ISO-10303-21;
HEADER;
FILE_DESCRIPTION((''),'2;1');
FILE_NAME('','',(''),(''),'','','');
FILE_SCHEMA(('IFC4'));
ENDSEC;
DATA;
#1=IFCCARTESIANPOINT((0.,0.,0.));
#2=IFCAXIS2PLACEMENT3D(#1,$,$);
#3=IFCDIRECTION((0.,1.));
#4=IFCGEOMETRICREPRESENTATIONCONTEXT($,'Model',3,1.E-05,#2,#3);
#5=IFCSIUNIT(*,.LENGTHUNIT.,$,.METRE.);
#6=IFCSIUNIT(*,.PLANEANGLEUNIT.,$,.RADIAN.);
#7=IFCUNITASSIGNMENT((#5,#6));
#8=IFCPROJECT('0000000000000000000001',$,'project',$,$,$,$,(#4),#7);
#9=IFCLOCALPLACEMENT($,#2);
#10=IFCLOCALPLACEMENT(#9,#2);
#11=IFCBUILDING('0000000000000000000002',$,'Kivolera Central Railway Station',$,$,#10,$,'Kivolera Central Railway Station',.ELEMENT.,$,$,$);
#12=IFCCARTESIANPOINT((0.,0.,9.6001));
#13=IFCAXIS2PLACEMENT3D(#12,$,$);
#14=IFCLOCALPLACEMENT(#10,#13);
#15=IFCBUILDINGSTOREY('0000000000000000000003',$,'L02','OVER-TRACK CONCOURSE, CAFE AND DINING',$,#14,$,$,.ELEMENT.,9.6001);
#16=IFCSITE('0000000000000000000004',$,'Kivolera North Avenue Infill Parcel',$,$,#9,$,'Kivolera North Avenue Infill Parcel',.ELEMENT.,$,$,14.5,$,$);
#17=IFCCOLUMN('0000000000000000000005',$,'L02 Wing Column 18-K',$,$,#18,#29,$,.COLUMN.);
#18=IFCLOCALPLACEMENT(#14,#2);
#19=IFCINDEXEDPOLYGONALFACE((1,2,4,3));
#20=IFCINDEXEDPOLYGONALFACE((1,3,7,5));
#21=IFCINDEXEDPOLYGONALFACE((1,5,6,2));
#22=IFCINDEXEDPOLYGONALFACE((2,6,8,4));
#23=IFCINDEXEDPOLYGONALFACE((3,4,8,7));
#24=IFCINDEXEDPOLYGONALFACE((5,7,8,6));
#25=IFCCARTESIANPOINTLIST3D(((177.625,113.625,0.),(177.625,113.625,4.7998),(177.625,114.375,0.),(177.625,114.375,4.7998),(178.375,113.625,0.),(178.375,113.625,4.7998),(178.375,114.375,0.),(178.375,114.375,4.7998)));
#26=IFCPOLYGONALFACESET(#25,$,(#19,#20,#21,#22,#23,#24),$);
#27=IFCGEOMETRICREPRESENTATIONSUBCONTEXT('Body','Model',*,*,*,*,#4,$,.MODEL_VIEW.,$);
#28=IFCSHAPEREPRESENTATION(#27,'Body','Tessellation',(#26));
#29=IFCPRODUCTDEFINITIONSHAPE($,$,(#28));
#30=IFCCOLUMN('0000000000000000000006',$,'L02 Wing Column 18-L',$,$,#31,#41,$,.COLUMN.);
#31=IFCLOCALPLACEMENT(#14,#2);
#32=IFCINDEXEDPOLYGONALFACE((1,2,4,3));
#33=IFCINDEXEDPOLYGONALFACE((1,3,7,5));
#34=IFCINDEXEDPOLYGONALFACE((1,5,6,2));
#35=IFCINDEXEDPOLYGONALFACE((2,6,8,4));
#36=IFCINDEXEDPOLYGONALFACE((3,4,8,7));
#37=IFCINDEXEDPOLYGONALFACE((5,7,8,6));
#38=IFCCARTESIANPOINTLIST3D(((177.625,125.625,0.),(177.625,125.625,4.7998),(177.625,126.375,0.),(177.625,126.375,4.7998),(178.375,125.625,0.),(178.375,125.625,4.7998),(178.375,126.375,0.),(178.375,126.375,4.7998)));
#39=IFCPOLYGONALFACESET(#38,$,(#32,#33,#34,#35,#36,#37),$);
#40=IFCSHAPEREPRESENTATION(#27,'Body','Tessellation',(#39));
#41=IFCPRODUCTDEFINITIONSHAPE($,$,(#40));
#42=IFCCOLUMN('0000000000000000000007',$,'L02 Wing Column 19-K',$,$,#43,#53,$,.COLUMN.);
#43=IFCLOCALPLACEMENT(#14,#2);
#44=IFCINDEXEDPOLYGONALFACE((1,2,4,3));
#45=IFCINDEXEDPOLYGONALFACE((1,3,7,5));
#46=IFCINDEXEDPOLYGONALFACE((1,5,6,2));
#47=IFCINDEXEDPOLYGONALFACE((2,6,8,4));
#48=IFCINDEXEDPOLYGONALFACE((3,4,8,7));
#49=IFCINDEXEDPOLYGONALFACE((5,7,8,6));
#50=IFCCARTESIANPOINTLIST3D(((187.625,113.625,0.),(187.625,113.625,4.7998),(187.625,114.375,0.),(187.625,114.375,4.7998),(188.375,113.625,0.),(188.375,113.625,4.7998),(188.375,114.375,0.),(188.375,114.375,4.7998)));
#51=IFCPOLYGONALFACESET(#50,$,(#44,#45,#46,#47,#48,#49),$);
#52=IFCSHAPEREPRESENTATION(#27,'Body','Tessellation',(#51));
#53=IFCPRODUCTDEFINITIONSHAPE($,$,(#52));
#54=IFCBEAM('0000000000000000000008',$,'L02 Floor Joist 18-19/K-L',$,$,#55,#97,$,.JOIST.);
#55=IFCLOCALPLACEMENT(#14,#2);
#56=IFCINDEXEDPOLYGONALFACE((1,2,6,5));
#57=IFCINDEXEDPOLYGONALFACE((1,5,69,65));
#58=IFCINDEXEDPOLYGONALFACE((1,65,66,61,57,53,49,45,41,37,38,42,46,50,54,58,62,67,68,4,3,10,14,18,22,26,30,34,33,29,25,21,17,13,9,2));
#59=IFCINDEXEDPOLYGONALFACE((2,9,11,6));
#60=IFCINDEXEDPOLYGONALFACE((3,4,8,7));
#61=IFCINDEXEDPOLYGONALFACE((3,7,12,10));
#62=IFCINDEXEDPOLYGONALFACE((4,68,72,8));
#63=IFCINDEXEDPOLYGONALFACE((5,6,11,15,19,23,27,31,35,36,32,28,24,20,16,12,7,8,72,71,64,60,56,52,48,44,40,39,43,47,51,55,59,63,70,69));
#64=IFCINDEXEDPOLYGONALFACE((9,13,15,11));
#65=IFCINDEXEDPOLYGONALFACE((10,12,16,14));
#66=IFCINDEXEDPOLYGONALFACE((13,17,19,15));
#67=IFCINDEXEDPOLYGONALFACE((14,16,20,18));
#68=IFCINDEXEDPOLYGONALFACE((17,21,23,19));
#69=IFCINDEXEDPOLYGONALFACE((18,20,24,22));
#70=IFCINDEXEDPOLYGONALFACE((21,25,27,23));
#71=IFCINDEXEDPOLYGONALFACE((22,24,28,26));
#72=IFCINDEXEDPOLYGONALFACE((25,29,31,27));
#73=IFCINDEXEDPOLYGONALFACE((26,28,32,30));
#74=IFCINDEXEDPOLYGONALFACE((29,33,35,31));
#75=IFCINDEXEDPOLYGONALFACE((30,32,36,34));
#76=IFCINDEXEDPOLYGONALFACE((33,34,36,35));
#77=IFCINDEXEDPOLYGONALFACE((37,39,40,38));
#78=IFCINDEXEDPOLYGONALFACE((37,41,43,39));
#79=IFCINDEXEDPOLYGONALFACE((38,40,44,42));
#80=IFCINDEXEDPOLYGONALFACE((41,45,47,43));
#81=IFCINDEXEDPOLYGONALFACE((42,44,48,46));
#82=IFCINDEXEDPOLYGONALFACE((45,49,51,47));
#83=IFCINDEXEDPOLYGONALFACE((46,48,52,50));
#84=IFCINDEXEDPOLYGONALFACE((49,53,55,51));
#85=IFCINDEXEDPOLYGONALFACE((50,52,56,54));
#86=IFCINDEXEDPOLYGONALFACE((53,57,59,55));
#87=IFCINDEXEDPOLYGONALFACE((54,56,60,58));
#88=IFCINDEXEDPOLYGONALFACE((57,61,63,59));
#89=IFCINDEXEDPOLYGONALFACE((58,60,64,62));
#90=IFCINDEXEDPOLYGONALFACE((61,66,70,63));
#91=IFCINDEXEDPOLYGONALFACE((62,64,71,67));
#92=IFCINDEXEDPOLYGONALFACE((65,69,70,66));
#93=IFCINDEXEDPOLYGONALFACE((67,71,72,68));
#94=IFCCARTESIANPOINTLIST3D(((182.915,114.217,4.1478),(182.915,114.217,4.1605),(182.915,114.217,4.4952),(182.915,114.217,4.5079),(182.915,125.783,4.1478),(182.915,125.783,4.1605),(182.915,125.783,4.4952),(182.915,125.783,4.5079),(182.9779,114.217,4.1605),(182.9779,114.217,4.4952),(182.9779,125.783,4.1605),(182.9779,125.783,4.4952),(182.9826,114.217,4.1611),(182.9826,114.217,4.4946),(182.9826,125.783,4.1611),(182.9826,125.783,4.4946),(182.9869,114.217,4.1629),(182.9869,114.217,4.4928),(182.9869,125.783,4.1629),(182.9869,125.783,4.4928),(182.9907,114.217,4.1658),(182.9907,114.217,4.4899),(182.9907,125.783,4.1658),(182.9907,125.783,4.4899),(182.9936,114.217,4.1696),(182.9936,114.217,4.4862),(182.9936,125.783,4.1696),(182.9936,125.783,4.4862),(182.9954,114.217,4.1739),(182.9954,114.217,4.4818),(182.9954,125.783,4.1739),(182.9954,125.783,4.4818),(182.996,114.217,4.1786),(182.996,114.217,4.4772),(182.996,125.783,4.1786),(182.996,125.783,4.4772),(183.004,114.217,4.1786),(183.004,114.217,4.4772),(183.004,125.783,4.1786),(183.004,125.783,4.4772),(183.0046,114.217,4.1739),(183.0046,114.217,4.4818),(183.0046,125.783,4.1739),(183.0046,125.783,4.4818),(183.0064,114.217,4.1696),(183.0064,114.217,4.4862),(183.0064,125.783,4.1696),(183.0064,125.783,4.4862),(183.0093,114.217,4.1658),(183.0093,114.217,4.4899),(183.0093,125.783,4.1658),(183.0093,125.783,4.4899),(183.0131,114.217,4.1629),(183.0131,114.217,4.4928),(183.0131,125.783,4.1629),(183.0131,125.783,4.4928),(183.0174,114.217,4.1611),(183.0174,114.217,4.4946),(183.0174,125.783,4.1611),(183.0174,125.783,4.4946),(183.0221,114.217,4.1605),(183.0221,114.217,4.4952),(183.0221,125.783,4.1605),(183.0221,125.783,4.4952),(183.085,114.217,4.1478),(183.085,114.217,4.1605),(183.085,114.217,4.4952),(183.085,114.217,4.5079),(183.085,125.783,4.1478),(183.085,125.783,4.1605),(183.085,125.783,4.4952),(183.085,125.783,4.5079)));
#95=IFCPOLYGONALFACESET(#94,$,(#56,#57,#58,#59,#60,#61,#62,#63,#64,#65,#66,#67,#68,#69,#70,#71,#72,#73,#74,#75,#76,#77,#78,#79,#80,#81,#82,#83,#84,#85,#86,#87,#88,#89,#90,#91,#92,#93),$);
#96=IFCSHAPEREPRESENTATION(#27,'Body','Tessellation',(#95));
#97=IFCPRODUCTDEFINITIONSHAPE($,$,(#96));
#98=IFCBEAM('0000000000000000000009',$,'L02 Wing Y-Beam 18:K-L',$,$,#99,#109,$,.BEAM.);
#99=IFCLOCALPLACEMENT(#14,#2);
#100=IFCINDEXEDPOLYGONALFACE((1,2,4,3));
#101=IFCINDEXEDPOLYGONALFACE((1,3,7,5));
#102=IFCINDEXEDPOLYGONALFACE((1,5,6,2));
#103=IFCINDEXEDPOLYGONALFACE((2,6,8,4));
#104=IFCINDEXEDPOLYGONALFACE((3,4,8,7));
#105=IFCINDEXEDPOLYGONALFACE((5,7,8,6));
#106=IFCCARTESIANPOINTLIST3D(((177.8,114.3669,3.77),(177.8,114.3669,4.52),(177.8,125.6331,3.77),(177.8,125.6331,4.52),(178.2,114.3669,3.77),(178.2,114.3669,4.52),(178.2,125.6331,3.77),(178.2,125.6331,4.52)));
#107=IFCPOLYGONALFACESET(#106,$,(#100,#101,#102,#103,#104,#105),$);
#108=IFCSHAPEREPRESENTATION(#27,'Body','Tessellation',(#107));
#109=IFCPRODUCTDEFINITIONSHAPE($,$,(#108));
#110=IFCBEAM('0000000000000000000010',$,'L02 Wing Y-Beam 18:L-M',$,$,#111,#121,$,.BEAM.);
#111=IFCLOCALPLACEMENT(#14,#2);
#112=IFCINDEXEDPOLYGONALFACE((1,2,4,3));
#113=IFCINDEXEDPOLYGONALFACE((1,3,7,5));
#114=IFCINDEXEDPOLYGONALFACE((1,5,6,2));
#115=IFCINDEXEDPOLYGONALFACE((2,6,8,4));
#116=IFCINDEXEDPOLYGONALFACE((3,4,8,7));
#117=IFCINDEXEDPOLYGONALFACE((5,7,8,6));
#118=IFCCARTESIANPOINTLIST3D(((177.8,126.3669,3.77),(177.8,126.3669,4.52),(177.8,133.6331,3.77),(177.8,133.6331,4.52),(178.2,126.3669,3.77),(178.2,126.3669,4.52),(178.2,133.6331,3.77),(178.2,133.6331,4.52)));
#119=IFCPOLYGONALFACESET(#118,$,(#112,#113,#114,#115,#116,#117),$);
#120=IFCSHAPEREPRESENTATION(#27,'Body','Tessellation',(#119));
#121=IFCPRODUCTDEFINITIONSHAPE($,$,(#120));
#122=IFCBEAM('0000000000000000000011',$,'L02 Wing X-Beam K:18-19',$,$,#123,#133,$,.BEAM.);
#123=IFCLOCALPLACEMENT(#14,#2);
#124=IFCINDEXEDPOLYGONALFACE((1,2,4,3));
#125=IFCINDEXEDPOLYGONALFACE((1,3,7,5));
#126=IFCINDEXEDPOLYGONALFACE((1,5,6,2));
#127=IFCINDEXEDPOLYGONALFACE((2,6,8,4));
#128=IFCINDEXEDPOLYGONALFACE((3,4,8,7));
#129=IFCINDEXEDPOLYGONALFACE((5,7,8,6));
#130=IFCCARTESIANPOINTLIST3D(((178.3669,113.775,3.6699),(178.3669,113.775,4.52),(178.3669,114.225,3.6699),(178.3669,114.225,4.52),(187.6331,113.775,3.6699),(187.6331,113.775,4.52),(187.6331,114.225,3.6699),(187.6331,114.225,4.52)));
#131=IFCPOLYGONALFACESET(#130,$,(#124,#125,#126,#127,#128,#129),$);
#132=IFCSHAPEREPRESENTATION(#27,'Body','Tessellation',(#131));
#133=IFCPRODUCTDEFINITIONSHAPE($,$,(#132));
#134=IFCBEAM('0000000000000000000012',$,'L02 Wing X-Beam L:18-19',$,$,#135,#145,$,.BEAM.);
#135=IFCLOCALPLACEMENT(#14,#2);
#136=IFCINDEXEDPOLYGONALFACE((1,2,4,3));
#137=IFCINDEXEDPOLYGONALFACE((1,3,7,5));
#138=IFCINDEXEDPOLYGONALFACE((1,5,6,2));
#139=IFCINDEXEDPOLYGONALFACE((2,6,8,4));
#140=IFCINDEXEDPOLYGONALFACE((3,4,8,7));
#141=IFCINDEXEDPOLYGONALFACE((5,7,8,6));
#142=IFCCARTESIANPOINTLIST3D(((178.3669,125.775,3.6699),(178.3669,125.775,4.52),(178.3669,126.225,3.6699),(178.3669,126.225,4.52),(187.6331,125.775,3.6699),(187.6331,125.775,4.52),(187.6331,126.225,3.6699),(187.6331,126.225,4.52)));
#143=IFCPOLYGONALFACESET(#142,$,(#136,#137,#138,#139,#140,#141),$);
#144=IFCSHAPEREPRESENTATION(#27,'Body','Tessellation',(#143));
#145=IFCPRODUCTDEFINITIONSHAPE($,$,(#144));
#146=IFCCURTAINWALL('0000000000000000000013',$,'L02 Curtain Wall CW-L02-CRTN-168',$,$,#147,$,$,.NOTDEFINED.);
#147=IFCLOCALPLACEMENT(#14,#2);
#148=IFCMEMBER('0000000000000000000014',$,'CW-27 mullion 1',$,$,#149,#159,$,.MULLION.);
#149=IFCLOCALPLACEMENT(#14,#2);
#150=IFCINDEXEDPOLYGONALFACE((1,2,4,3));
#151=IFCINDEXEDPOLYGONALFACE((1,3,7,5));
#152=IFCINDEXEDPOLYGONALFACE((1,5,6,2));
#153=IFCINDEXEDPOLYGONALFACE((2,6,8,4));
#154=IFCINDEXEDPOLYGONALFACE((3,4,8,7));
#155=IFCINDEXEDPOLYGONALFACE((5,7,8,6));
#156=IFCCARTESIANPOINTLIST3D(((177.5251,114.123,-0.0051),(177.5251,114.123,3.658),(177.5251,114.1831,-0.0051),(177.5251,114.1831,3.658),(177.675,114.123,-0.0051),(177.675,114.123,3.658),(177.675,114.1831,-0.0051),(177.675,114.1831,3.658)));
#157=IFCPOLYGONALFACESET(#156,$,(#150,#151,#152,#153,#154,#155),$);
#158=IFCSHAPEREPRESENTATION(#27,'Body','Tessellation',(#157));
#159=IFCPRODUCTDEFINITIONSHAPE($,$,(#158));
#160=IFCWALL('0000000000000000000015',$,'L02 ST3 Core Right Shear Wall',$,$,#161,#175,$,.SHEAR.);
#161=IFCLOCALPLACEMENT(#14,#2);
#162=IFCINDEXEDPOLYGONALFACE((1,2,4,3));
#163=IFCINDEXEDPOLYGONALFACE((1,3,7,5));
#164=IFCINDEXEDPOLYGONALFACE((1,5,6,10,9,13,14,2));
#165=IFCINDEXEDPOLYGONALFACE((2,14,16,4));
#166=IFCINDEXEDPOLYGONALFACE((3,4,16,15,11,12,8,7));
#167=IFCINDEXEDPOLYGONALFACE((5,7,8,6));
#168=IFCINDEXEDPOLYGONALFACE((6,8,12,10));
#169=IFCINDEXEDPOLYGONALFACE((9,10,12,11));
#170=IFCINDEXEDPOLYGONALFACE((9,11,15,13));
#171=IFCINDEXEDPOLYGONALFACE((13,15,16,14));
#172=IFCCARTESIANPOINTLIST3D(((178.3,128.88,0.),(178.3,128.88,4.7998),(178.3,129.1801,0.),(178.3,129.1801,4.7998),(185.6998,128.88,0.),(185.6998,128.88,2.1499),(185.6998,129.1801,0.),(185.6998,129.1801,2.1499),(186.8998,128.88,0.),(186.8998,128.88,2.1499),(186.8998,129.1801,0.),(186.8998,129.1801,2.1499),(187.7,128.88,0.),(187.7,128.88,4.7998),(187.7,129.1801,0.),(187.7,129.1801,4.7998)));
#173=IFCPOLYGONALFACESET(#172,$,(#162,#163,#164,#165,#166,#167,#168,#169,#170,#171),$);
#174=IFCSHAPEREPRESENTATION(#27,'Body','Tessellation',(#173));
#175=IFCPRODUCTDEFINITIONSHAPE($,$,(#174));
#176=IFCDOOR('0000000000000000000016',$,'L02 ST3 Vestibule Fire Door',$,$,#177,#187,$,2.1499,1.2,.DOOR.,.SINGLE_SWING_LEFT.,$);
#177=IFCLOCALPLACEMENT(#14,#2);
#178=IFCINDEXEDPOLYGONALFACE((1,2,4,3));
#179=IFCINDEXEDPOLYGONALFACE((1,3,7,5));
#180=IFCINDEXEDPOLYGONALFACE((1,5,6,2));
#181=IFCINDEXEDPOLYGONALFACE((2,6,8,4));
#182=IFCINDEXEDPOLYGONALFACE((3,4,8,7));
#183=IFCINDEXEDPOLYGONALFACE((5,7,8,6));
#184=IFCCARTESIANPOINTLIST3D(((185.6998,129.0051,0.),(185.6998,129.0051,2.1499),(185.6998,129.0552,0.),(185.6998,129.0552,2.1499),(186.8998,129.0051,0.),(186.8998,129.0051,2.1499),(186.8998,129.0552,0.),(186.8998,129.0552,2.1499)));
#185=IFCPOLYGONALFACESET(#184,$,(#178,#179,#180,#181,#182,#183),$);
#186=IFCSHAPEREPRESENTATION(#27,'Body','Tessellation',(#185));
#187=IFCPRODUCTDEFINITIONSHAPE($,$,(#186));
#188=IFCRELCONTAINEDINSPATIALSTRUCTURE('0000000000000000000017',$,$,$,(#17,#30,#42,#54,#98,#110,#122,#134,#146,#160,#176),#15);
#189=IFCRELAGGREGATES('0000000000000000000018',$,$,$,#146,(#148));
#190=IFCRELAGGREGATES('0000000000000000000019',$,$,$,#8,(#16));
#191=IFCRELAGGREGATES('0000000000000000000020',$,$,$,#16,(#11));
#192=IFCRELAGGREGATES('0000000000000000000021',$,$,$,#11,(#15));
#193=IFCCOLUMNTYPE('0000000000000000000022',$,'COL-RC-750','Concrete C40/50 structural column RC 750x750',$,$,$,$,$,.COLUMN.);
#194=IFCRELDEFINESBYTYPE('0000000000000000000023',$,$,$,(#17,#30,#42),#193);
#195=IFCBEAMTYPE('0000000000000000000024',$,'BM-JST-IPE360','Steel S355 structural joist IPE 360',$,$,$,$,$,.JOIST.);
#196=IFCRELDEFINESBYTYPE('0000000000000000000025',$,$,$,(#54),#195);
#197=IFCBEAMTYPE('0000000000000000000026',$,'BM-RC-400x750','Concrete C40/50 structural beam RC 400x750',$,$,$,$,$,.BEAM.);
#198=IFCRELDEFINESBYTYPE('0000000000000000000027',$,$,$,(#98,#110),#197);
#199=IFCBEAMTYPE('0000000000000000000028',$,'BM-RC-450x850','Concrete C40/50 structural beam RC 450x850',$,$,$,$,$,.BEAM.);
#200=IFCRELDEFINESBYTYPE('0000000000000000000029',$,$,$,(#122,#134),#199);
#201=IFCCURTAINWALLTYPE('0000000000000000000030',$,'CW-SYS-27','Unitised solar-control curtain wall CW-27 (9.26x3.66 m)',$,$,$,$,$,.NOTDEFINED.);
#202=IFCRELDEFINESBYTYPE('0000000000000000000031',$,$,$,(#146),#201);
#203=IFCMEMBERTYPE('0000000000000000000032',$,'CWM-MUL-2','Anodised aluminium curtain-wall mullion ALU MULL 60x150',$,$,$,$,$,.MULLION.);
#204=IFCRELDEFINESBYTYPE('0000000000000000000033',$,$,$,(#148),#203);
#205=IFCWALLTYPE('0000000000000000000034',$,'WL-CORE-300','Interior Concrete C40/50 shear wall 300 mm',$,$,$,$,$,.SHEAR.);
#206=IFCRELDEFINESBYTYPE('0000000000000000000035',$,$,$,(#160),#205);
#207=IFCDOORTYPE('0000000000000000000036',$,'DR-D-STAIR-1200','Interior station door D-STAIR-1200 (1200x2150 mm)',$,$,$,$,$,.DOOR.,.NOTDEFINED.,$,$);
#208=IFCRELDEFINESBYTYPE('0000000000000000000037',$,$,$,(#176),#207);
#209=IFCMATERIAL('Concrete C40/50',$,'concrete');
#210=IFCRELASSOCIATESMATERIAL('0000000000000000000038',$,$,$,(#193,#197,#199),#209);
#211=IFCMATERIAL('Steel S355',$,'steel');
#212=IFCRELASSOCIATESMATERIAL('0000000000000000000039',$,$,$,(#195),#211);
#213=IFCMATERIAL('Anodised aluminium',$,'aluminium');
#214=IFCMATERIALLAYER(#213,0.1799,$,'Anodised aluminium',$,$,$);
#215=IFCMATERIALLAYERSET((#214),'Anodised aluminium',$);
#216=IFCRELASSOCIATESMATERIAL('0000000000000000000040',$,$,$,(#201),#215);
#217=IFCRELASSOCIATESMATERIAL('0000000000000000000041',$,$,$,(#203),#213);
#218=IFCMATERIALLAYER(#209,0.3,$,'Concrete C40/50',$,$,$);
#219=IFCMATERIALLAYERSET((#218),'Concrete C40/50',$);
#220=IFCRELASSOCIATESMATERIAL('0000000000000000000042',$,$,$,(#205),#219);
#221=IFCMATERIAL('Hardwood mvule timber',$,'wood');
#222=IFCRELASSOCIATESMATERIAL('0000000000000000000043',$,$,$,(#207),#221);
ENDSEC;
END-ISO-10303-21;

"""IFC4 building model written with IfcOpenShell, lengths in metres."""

from ifc_helpers import new_model, si_unit, direction, frame, frame_2d, origin, origin_2d, place, context, subcontext, project, spatial, rectangle, i_section, extrude, material, layer, layer_set, material_profile, profile_set, type_object, element, fill, aggregate, save


model = new_model("IFC4")

# Units and contexts
model_context = context("Model", 3, precision=1e-05, world=origin(), true_north=direction((0.0, 1.0)))
body_context = subcontext(model_context, "Body", "Model", "MODEL_VIEW")
ifc_project = project(units=[si_unit("LENGTHUNIT", "METRE"), si_unit("PLANEANGLEUNIT", "RADIAN")], contexts=[model_context])

# Site, building, storey
site_placement = place(None, origin())
site = spatial("IfcSite", under=ifc_project, at=site_placement, Name="Kivolera North Avenue Infill Parcel", LongName="Kivolera North Avenue Infill Parcel", CompositionType="ELEMENT", RefElevation=14.5)
building_placement = place(site_placement, origin())
building = spatial("IfcBuilding", under=site, at=building_placement, Name="Kivolera Central Railway Station", LongName="Kivolera Central Railway Station", CompositionType="ELEMENT")
storey_placement = place(building_placement, frame((0.0, 0.0, 9.6001)))
storey = spatial("IfcBuildingStorey", under=building, at=storey_placement, Name="L02", Description="OVER-TRACK CONCOURSE, CAFE AND DINING", CompositionType="ELEMENT", Elevation=9.6001)

# Columns
ifc_material_1 = material(Name="Concrete C40/50", Category="concrete")
ifc_material_profile_1 = material_profile(ifc_material_1, rectangle(XDim=0.75, YDim=0.75, at=origin_2d()), Name="RC 750x750")
ifc_profile_set_1 = profile_set([ifc_material_profile_1], Name="Concrete C40/50")
column_type = type_object("IfcColumnType", Name="COL-RC-750", Description="Concrete C40/50 structural column RC 750x750", PredefinedType="COLUMN", material=ifc_profile_set_1)
for number, where, z_axis, x_axis, name in (
    (1, (178.0, 114.0, 0.0), (0.0, 0.0, 1.0), (1.0, 0.0, 0.0), "L02 Wing Column 18-K"),
    (2, (178.0, 126.0, 0.0), (0.0, 0.0, 1.0), (1.0, 0.0, 0.0), "L02 Wing Column 18-L"),
    (3, (188.0, 114.0, 0.0), (0.0, 0.0, 1.0), (1.0, 0.0, 0.0), "L02 Wing Column 19-K"),
):
    element("IfcColumn", number, at=place(storey_placement, frame(where, z_axis=z_axis, x_axis=x_axis)), inside=storey, type_object=column_type, Name=name, PredefinedType="COLUMN", context=body_context, shape_type="SweptSolid", body=[
        extrude(rectangle(XDim=0.75, YDim=0.75, at=origin_2d()), origin(), (0.0, 0.0, 1.0), 4.7998),
    ])

# Beams
ifc_material_2 = material(Name="Steel S355", Category="steel")
ifc_material_profile_2 = material_profile(ifc_material_2, i_section(OverallWidth=0.1699, OverallDepth=0.3601, WebThickness=0.0081, FlangeThickness=0.0127, FilletRadius=0.0181, at=origin_2d()), Name="IPE 360")
ifc_profile_set_2 = profile_set([ifc_material_profile_2], Name="Steel S355")
beam_type_1 = type_object("IfcBeamType", Name="BM-JST-IPE360", Description="Steel S355 structural joist IPE 360", PredefinedType="JOIST", material=ifc_profile_set_2)
beam_1_placement = place(storey_placement, frame((183.0, 114.217, 4.3279), z_axis=(0.0, 1.0, 0.0), x_axis=(-1.0, 0.0, 0.0)))
element("IfcBeam", 4, at=beam_1_placement, inside=storey, type_object=beam_type_1, Name="L02 Floor Joist 18-19/K-L", PredefinedType="JOIST", context=body_context, shape_type="SweptSolid", body=[
    extrude(i_section(OverallWidth=0.1699, OverallDepth=0.3601, WebThickness=0.0081, FlangeThickness=0.0127, FilletRadius=0.0181, at=origin_2d()), origin(), (0.0, 0.0, 1.0), 11.5659),
])
ifc_material_profile_3 = material_profile(ifc_material_1, rectangle(XDim=0.3999, YDim=0.75, at=origin_2d()), Name="RC 400x750")
ifc_profile_set_3 = profile_set([ifc_material_profile_3], Name="Concrete C40/50")
beam_type_2 = type_object("IfcBeamType", Name="BM-RC-400x750", Description="Concrete C40/50 structural beam RC 400x750", PredefinedType="BEAM", material=ifc_profile_set_3)
beam_2_placement = place(storey_placement, frame((178.0, 114.3669, 4.145), z_axis=(0.0, 1.0, 0.0), x_axis=(-1.0, 0.0, 0.0)))
element("IfcBeam", 5, at=beam_2_placement, inside=storey, type_object=beam_type_2, Name="L02 Wing Y-Beam 18:K-L", PredefinedType="BEAM", context=body_context, shape_type="SweptSolid", body=[
    extrude(rectangle(XDim=0.3999, YDim=0.75, at=origin_2d()), origin(), (0.0, 0.0, 1.0), 11.2661),
])
beam_3_placement = place(storey_placement, frame((178.0, 126.3669, 4.145), z_axis=(0.0, 1.0, 0.0), x_axis=(-1.0, 0.0, 0.0)))
element("IfcBeam", 6, at=beam_3_placement, inside=storey, type_object=beam_type_2, Name="L02 Wing Y-Beam 18:L-M", PredefinedType="BEAM", context=body_context, shape_type="SweptSolid", body=[
    extrude(rectangle(XDim=0.3999, YDim=0.75, at=origin_2d()), origin(), (0.0, 0.0, 1.0), 7.2661),
])
ifc_material_profile_4 = material_profile(ifc_material_1, rectangle(XDim=0.45, YDim=0.8501, at=origin_2d()), Name="RC 450x850")
ifc_profile_set_4 = profile_set([ifc_material_profile_4], Name="Concrete C40/50")
beam_type_3 = type_object("IfcBeamType", Name="BM-RC-450x850", Description="Concrete C40/50 structural beam RC 450x850", PredefinedType="BEAM", material=ifc_profile_set_4)
for number, where, z_axis, x_axis, name in (
    (7, (178.3669, 114.0, 4.095), (1.0, 0.0, 0.0), (0.0, 1.0, 0.0), "L02 Wing X-Beam K:18-19"),
    (8, (178.3669, 126.0, 4.095), (1.0, 0.0, 0.0), (0.0, 1.0, 0.0), "L02 Wing X-Beam L:18-19"),
):
    element("IfcBeam", number, at=place(storey_placement, frame(where, z_axis=z_axis, x_axis=x_axis)), inside=storey, type_object=beam_type_3, Name=name, PredefinedType="BEAM", context=body_context, shape_type="SweptSolid", body=[
        extrude(rectangle(XDim=0.45, YDim=0.8501, at=origin_2d()), origin(), (0.0, 0.0, 1.0), 9.2661),
    ])

# Curtain wall, member
ifc_material_3 = material(Name="Anodised aluminium", Category="aluminium")
ifc_layer_1 = layer(ifc_material_3, 0.1799, Name="Anodised aluminium")
ifc_layer_set_1 = layer_set([ifc_layer_1], Name="Anodised aluminium")
curtain_wall_type = type_object("IfcCurtainWallType", Name="CW-SYS-27", Description="Unitised solar-control curtain wall CW-27 (9.26x3.66 m)", PredefinedType="NOTDEFINED", material=ifc_layer_set_1)
curtain_wall_placement = place(storey_placement, origin())
curtain_wall = element("IfcCurtainWall", 9, at=curtain_wall_placement, inside=storey, type_object=curtain_wall_type, Name="L02 Curtain Wall CW-L02-CRTN-168", PredefinedType="NOTDEFINED")
ifc_material_profile_5 = material_profile(ifc_material_3, rectangle(XDim=0.0601, YDim=0.1499, at=origin_2d()), Name="ALU MULL 60x150")
ifc_profile_set_5 = profile_set([ifc_material_profile_5], Name="Anodised aluminium")
member_type = type_object("IfcMemberType", Name="CWM-MUL-2", Description="Anodised aluminium curtain-wall mullion ALU MULL 60x150", PredefinedType="MULLION", material=ifc_profile_set_5)
member_placement = place(storey_placement, frame((177.6001, 114.1531, -0.0051), z_axis=(0.0, 0.0, 1.0), x_axis=(0.0, -1.0, 0.0)))
member = element("IfcMember", 10, at=member_placement, type_object=member_type, Name="CW-27 mullion 1", PredefinedType="MULLION", context=body_context, shape_type="SweptSolid", body=[
    extrude(rectangle(XDim=0.0601, YDim=0.1499, at=origin_2d()), origin(), (0.0, 0.0, 1.0), 3.6631),
])
aggregate(curtain_wall, [member])

# Wall, opening, door
ifc_layer_2 = layer(ifc_material_1, 0.3, Name="Concrete C40/50")
ifc_layer_set_2 = layer_set([ifc_layer_2], Name="Concrete C40/50")
wall_type_1 = type_object("IfcWallType", Name="WL-CORE-300", Description="Interior Concrete C40/50 shear wall 300 mm", PredefinedType="SHEAR", material=ifc_layer_set_2)
wall_1_placement = place(storey_placement, frame((187.7, 129.03, 0.0), z_axis=(0.0, 0.0, 1.0), x_axis=(-1.0, 0.0, 0.0)))
wall_1 = element("IfcWall", 11, at=wall_1_placement, inside=storey, type_object=wall_type_1, Name="L02 ST3 Core Right Shear Wall", PredefinedType="SHEAR", context=body_context, shape_type="SweptSolid", body=[
    extrude(rectangle(XDim=9.3999, YDim=0.3, at=frame_2d((4.7, 0.0))), origin(), (0.0, 0.0, 1.0), 4.7998),
])
opening_1_placement = place(wall_1_placement, frame((0.8, 0.0, 0.0)))
opening_1 = element("IfcOpeningElement", 12, at=opening_1_placement, cuts=wall_1, PredefinedType="OPENING", context=body_context, shape_type="SweptSolid", body=[
    extrude(rectangle(XDim=1.2, YDim=2.1499, at=frame_2d((0.6001, 1.075))), frame((0.0, 0.1599, 0.0), z_axis=(0.0, -1.0, 0.0), x_axis=(1.0, 0.0, 0.0)), (0.0, 0.0, 1.0), 0.3201),
])
ifc_material_4 = material(Name="Hardwood mvule timber", Category="wood")
door_type_1 = type_object("IfcDoorType", Name="DR-D-STAIR-1200", Description="Interior station door D-STAIR-1200 (1200x2150 mm)", OperationType="NOTDEFINED", PredefinedType="DOOR", material=ifc_material_4)
door_1_placement = place(opening_1_placement, origin())
door_1 = element("IfcDoor", 13, at=door_1_placement, inside=storey, type_object=door_type_1, Name="L02 ST3 Vestibule Fire Door", OperationType="SINGLE_SWING_LEFT", OverallHeight=2.1499, OverallWidth=1.2, PredefinedType="DOOR", context=body_context, shape_type="SweptSolid", body=[
    extrude(rectangle(XDim=1.2, YDim=2.1499, at=frame_2d((0.6001, 1.075))), frame((0.0, 0.0249, 0.0), z_axis=(0.0, -1.0, 0.0), x_axis=(1.0, 0.0, 0.0)), (0.0, 0.0, 1.0), 0.05),
])
fill(opening_1, door_1)

save(model, "model.ifc")
